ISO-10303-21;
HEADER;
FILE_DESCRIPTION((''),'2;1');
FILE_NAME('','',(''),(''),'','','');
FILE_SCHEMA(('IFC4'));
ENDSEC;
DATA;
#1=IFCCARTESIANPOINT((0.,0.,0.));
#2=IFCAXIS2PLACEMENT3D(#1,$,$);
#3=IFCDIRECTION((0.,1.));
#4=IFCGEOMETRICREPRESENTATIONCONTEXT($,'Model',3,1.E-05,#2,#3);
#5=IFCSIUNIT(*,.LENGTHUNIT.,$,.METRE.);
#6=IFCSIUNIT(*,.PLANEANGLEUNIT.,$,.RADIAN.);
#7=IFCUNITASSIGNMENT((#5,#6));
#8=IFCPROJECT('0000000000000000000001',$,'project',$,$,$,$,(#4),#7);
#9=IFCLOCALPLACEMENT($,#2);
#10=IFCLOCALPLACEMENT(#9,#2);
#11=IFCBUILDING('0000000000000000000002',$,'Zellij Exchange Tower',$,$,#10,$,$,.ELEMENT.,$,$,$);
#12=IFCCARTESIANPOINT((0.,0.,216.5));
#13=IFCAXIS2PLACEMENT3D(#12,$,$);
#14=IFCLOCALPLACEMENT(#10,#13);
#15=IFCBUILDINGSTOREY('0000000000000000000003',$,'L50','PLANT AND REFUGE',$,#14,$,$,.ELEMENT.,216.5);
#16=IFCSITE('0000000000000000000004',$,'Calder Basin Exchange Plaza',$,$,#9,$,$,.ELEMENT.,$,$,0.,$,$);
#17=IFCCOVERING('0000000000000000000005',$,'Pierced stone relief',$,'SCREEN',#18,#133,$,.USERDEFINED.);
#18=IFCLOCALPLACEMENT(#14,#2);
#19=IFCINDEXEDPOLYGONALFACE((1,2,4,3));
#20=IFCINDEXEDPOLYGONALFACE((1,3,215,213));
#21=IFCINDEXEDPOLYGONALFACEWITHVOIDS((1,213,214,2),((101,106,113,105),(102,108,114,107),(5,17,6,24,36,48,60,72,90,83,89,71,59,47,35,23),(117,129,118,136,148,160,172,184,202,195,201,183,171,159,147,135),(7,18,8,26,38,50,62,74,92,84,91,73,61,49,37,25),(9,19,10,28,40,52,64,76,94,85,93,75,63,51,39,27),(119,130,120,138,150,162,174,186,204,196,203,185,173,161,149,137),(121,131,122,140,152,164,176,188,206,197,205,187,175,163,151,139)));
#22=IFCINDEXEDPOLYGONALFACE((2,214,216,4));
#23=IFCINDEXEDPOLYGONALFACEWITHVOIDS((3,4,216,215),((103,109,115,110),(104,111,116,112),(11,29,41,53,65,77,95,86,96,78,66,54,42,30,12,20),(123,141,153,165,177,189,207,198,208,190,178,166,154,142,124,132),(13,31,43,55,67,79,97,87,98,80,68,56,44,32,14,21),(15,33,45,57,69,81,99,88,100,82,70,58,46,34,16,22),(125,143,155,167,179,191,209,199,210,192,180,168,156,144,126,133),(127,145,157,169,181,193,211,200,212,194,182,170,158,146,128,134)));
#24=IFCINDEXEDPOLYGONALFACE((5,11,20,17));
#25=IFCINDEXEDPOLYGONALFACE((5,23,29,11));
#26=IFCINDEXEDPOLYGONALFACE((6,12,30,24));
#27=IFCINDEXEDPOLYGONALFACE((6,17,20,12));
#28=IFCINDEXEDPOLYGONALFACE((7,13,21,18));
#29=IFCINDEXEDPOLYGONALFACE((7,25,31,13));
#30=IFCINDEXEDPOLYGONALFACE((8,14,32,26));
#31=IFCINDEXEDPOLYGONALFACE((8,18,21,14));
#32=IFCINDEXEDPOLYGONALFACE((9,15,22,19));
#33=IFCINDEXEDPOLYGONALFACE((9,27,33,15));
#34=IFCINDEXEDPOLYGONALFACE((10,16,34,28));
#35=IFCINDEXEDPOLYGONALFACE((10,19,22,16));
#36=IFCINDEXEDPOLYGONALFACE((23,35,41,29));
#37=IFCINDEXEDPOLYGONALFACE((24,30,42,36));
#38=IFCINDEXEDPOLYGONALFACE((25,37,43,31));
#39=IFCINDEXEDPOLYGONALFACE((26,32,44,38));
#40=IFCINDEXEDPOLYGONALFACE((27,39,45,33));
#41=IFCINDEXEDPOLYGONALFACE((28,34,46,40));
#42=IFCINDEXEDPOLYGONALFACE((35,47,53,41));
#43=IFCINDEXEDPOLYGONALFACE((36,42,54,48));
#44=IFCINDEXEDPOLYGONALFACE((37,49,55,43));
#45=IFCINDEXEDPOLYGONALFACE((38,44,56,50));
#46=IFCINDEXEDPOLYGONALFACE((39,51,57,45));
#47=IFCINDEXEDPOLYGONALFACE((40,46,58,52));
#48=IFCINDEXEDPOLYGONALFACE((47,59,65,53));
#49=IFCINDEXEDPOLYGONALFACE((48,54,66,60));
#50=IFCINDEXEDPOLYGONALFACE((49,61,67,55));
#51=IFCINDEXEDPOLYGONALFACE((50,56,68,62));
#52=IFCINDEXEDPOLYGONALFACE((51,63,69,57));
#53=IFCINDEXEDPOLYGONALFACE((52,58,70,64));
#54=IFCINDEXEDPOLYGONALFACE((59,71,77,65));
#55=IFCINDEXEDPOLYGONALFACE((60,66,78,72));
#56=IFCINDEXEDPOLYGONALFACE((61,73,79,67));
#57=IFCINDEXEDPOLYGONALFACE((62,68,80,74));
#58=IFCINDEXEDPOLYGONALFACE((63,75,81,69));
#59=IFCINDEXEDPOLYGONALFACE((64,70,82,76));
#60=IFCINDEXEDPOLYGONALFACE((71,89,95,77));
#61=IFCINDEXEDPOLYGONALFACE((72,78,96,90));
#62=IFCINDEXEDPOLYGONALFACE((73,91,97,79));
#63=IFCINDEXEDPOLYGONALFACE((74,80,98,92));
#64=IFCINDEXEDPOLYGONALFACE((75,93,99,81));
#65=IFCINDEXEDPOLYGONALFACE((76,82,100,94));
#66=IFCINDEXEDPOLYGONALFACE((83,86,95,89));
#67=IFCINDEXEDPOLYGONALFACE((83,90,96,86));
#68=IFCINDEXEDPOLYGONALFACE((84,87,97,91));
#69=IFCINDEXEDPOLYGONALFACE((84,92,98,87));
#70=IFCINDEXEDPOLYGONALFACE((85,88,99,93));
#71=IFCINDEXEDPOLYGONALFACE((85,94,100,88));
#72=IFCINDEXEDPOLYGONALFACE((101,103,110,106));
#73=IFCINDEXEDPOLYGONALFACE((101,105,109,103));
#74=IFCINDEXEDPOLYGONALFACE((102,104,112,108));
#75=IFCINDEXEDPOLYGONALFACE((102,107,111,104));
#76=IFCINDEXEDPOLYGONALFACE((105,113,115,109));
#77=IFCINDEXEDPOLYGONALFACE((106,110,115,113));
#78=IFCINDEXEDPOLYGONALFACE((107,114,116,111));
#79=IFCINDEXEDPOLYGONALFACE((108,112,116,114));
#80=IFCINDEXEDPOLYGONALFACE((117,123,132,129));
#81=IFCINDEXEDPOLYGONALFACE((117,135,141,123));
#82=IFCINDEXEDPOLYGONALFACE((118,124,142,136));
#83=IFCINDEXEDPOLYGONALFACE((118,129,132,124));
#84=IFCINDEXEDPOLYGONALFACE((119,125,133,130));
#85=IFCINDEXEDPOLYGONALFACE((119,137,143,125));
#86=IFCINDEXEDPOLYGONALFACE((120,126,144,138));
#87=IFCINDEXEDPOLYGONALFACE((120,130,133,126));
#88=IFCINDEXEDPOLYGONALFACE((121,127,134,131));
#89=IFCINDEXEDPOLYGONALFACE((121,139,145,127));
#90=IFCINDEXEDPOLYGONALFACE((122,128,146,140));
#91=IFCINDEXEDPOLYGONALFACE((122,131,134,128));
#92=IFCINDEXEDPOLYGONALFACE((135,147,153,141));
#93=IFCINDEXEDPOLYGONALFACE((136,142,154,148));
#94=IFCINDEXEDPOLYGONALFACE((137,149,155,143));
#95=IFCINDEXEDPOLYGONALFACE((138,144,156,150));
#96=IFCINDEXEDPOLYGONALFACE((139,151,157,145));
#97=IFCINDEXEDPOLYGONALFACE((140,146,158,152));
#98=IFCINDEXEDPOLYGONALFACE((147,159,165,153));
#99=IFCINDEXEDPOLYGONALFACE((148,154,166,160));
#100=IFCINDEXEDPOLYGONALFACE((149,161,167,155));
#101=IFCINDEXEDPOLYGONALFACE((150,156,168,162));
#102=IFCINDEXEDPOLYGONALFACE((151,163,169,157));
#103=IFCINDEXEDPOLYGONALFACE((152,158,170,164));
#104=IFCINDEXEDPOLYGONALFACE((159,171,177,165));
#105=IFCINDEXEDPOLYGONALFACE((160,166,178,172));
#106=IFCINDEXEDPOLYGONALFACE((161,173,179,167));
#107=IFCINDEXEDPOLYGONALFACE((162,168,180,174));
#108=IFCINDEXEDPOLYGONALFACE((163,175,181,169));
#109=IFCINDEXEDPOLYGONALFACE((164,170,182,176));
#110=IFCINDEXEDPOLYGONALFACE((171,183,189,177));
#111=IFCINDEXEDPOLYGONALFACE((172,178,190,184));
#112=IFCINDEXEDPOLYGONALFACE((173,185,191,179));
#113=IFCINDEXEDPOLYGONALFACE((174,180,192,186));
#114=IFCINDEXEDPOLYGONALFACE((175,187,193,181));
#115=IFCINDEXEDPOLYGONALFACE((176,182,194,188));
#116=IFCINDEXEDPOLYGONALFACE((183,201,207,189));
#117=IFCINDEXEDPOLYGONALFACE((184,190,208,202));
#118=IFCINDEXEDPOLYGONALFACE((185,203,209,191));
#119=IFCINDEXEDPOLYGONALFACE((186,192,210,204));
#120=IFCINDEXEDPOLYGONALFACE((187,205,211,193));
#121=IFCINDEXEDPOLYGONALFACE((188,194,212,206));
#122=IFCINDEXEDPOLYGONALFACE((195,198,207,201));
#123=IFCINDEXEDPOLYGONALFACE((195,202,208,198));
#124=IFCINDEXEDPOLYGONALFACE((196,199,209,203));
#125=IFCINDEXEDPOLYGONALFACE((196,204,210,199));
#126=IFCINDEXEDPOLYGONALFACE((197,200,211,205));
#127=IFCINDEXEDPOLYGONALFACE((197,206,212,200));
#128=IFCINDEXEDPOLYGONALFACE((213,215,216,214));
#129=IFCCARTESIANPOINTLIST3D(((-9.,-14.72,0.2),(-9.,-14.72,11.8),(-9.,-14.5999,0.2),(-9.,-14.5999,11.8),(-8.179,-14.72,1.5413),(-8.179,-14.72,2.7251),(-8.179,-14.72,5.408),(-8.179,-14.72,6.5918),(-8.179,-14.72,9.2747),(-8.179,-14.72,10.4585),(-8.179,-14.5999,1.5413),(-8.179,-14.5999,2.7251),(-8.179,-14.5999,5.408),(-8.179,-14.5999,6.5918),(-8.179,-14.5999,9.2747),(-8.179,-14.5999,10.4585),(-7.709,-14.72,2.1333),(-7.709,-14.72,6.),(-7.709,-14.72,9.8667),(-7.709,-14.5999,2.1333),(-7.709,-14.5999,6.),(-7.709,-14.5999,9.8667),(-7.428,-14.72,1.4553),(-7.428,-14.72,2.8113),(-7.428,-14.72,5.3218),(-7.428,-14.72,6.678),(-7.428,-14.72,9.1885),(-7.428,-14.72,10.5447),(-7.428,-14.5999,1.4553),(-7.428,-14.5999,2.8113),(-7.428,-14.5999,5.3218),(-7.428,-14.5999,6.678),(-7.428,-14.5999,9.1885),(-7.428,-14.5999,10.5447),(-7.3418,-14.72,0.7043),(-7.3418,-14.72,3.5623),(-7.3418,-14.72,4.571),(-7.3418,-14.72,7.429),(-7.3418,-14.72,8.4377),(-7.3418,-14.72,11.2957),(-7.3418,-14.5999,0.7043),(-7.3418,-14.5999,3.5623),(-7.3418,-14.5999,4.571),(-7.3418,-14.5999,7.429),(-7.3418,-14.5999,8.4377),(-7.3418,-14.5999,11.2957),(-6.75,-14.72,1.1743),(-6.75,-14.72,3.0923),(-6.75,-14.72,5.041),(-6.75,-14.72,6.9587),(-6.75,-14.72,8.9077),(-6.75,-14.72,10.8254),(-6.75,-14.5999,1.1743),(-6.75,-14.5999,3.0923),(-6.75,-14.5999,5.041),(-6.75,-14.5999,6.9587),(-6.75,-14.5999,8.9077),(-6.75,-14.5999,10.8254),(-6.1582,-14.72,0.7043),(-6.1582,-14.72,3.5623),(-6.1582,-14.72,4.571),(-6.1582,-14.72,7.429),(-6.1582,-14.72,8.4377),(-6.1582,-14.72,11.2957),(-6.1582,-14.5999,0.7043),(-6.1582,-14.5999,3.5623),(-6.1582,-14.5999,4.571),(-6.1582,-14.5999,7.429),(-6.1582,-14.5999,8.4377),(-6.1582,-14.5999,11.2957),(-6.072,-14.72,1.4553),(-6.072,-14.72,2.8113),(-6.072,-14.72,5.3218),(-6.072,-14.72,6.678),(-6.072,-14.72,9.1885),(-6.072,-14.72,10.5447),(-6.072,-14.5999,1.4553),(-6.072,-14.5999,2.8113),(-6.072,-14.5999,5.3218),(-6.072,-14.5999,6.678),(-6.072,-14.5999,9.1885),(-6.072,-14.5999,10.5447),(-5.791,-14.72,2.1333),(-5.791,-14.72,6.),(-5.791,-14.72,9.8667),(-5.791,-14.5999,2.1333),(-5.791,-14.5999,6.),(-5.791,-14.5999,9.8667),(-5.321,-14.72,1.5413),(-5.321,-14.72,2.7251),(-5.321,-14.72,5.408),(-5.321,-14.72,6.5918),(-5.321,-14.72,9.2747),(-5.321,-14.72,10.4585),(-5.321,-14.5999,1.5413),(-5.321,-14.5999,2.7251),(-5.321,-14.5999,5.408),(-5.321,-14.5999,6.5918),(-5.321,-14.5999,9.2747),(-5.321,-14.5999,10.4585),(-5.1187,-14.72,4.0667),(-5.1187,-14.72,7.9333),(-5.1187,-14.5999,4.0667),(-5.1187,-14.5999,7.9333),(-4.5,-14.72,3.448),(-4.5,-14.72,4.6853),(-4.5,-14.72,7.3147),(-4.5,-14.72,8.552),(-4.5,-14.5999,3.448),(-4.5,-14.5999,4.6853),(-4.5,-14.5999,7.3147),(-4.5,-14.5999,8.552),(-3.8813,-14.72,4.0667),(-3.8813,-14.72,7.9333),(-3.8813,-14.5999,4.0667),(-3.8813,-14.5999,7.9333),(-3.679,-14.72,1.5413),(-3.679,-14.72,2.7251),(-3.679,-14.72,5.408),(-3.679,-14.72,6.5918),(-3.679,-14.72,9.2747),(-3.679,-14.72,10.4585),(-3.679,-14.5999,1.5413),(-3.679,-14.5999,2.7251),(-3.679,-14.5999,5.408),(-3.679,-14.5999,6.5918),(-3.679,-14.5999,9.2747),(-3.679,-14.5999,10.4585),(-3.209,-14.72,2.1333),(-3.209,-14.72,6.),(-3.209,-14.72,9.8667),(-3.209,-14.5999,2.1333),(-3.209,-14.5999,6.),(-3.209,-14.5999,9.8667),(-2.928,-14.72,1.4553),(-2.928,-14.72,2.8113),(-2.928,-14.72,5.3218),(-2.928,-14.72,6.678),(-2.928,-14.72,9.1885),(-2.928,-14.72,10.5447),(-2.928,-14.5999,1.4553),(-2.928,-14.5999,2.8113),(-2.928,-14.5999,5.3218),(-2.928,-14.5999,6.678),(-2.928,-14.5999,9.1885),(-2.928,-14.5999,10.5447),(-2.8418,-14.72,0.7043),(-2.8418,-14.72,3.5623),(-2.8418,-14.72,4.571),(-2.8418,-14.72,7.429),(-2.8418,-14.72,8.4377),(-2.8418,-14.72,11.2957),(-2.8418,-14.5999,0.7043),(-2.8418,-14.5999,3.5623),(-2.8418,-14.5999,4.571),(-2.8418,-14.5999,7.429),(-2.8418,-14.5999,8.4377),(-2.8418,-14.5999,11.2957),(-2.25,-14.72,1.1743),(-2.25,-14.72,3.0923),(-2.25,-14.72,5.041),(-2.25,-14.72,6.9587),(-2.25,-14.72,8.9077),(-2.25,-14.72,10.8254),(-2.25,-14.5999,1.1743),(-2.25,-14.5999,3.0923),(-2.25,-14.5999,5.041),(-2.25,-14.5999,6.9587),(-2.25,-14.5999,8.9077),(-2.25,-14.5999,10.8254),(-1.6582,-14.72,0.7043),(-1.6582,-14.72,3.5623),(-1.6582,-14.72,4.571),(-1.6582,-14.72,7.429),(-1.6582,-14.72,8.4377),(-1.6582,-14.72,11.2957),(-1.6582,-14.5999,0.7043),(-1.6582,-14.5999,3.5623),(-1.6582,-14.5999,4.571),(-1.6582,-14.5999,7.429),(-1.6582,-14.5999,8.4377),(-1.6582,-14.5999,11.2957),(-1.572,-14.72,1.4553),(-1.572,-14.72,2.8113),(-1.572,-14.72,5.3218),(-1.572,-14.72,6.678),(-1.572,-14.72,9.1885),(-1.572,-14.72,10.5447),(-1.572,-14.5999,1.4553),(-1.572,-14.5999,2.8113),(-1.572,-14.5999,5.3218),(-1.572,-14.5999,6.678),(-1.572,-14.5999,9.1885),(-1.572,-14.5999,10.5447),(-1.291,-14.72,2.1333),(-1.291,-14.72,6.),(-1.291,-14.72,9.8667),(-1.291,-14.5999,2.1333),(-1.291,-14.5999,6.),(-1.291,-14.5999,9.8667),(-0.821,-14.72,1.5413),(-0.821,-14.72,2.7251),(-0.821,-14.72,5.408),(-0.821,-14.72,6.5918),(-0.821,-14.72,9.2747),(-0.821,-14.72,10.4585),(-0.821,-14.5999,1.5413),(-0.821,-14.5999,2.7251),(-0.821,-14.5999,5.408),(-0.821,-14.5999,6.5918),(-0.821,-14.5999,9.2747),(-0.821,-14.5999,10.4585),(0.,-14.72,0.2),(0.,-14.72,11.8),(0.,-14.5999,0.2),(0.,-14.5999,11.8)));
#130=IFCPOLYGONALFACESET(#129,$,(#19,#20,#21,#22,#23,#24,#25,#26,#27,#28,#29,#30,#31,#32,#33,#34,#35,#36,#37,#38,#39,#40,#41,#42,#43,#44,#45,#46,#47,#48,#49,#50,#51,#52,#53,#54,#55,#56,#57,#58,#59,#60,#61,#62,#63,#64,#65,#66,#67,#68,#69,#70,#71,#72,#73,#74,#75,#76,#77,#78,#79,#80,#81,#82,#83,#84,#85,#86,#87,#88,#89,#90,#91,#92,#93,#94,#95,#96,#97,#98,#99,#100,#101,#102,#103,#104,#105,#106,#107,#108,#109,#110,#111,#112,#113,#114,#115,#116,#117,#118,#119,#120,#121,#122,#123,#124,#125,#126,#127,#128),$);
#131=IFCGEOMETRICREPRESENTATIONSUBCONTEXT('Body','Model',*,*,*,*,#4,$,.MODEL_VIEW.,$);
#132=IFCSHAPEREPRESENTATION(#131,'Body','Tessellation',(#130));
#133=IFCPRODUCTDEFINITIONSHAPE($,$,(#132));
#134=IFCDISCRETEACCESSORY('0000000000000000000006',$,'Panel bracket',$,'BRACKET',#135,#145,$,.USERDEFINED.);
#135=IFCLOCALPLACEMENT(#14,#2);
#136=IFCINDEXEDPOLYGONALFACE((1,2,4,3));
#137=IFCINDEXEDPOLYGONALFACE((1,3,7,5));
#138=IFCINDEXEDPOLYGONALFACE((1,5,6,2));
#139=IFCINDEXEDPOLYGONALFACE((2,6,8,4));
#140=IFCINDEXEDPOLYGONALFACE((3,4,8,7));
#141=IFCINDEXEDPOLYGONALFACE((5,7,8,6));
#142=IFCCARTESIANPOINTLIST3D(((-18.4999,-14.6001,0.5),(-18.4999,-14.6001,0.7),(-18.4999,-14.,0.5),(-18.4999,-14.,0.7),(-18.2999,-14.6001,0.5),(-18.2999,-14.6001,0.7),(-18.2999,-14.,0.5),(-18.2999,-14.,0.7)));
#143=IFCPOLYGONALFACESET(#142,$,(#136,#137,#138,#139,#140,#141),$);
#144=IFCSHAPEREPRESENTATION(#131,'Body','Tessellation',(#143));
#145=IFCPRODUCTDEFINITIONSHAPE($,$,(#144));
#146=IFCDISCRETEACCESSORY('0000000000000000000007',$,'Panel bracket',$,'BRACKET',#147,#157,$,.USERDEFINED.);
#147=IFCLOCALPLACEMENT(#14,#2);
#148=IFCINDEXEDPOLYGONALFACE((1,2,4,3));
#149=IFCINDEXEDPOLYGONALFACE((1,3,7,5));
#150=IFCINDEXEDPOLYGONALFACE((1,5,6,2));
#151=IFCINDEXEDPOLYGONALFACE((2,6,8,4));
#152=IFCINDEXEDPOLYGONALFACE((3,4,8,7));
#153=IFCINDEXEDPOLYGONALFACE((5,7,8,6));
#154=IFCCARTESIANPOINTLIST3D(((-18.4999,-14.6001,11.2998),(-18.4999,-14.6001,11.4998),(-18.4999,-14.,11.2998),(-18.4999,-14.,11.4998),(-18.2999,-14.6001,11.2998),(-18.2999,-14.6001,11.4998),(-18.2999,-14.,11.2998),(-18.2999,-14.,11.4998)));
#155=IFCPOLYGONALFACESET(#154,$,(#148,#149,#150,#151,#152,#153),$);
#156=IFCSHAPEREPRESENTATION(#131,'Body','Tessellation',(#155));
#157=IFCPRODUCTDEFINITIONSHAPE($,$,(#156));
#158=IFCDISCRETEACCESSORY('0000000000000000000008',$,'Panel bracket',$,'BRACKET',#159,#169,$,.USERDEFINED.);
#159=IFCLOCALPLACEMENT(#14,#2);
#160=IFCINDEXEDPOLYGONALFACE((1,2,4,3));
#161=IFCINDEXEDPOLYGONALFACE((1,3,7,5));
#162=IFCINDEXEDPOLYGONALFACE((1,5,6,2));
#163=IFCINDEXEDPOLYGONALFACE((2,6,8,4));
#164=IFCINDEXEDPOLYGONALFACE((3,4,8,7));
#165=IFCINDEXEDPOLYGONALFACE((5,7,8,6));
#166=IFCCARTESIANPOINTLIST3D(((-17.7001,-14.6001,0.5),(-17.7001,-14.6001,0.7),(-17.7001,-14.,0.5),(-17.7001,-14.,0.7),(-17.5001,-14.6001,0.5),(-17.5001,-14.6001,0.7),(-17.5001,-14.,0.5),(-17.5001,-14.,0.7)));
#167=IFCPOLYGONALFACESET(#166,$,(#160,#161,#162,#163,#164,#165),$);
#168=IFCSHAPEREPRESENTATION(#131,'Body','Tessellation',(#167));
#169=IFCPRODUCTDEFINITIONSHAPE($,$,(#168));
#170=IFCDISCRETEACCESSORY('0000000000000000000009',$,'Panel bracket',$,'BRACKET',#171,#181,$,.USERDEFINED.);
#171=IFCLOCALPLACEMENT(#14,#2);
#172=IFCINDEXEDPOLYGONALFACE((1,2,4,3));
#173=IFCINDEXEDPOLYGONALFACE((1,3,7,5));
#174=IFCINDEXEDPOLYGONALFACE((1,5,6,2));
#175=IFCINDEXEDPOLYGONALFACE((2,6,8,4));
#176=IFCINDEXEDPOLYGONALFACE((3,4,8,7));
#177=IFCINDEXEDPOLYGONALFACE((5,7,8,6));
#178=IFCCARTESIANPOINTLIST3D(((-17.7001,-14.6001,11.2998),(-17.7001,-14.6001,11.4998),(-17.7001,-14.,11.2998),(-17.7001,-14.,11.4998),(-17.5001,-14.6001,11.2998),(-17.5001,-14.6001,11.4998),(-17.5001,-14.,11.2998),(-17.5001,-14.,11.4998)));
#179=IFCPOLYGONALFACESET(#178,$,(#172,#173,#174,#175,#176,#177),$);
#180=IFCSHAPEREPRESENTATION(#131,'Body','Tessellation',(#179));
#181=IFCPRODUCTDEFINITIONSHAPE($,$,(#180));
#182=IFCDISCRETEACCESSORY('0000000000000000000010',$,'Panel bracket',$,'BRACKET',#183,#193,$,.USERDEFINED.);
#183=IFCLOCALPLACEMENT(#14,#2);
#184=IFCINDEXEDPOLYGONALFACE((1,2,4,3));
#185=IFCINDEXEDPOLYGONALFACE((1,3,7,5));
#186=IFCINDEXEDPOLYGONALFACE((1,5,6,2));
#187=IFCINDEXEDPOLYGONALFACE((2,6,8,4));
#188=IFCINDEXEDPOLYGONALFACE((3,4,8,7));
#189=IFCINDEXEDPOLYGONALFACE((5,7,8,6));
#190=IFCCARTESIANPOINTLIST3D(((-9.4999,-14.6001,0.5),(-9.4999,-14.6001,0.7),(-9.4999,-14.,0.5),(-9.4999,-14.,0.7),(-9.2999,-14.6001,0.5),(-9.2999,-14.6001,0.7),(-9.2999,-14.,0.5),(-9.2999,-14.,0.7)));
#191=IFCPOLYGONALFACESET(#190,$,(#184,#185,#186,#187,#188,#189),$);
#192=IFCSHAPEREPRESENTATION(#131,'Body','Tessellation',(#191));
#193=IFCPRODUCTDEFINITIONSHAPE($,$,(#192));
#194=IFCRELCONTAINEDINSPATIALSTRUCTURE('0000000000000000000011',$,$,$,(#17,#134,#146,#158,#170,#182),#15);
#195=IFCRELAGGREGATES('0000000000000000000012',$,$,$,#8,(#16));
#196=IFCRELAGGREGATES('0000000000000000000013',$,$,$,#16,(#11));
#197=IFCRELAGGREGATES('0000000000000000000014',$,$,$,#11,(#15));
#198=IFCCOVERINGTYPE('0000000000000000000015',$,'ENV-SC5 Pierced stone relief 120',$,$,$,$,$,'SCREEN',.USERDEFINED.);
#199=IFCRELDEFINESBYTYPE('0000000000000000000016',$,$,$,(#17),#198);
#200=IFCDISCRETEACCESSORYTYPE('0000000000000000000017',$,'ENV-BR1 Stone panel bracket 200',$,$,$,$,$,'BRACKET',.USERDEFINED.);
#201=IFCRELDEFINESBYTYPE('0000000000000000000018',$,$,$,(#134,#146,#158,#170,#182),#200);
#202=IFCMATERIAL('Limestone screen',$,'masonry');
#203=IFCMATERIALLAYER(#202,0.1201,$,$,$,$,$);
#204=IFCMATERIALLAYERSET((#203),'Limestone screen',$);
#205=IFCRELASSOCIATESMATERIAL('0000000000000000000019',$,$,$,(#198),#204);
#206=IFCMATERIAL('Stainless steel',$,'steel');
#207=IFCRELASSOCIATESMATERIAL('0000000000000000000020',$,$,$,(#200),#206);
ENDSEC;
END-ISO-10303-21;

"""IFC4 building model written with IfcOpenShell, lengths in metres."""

from ifc_helpers import new_model, si_unit, direction, frame, origin, origin_2d, place, context, subcontext, project, spatial, polyline, rectangle, outline, extrude, material, layer, layer_set, type_object, element, save


model = new_model("IFC4")

# Units and contexts
model_context = context("Model", 3, precision=1e-05, world=origin(), true_north=direction((0.0, 1.0)))
body_context = subcontext(model_context, "Body", "Model", "MODEL_VIEW")
ifc_project = project(units=[si_unit("LENGTHUNIT", "METRE"), si_unit("PLANEANGLEUNIT", "RADIAN")], contexts=[model_context])

# Site, building, storey
site_placement = place(None, origin())
site = spatial("IfcSite", under=ifc_project, at=site_placement, Name="Calder Basin Exchange Plaza", CompositionType="ELEMENT", RefElevation=0.0)
building_placement = place(site_placement, origin())
building = spatial("IfcBuilding", under=site, at=building_placement, Name="Zellij Exchange Tower", CompositionType="ELEMENT")
storey_placement = place(building_placement, frame((0.0, 0.0, 216.5)))
storey = spatial("IfcBuildingStorey", under=building, at=storey_placement, Name="L50", Description="PLANT AND REFUGE", CompositionType="ELEMENT", Elevation=216.5)

# Shared definitions
ifc_material_1 = material(Name="Stainless steel", Category="steel")

# Covering
ifc_material_2 = material(Name="Limestone screen", Category="masonry")
ifc_layer_1 = layer(ifc_material_2, 0.1201)
ifc_layer_set_1 = layer_set([ifc_layer_1], Name="Limestone screen")
covering_type = type_object("IfcCoveringType", Name="ENV-SC5 Pierced stone relief 120", ElementType="SCREEN", PredefinedType="USERDEFINED", material=ifc_layer_set_1)
covering_1_placement = place(storey_placement, frame((-9.0, -14.6599, 0.2), z_axis=(0.0, 0.0, 1.0), x_axis=(1.0, 0.0, 0.0)))
element("IfcCovering", 1, at=covering_1_placement, inside=storey, type_object=covering_type, Name="Pierced stone relief", ObjectType="SCREEN", PredefinedType="USERDEFINED", context=body_context, shape_type="SweptSolid", body=[
    extrude(outline(polyline([(0.0, 0.0), (9.0, 0.0), (9.0, 11.6001), (0.0, 11.6001), (0.0, 0.0)]), holes=[polyline([(3.679, 2.5251), (2.928, 2.6113), (2.8418, 3.3623), (2.25, 2.8923), (1.6582, 3.3623), (1.572, 2.6113), (0.821, 2.5251), (1.291, 1.9333), (0.821, 1.3413), (1.572, 1.2554), (1.6582, 0.5044), (2.25, 0.9744), (2.8418, 0.5044), (2.928, 1.2554), (3.679, 1.3413), (3.209, 1.9333), (3.679, 2.5251)]), polyline([(3.679, 6.3918), (2.928, 6.478), (2.8418, 7.229), (2.25, 6.7588), (1.6582, 7.229), (1.572, 6.478), (0.821, 6.3918), (1.291, 5.8), (0.821, 5.208), (1.572, 5.1218), (1.6582, 4.3711), (2.25, 4.8411), (2.8418, 4.3711), (2.928, 5.1218), (3.679, 5.208), (3.209, 5.8), (3.679, 6.3918)]), polyline([(3.679, 10.2585), (2.928, 10.3447), (2.8418, 11.0957), (2.25, 10.6255), (1.6582, 11.0957), (1.572, 10.3447), (0.821, 10.2585), (1.291, 9.6667), (0.821, 9.0747), (1.572, 8.9885), (1.6582, 8.2378), (2.25, 8.7078), (2.8418, 8.2378), (2.928, 8.9885), (3.679, 9.0747), (3.209, 9.6667), (3.679, 10.2585)]), polyline([(8.179, 2.5251), (7.428, 2.6113), (7.3418, 3.3623), (6.75, 2.8923), (6.1582, 3.3623), (6.072, 2.6113), (5.321, 2.5251), (5.791, 1.9333), (5.321, 1.3413), (6.072, 1.2554), (6.1582, 0.5044), (6.75, 0.9744), (7.3418, 0.5044), (7.428, 1.2554), (8.179, 1.3413), (7.709, 1.9333), (8.179, 2.5251)]), polyline([(8.179, 6.3918), (7.428, 6.478), (7.3418, 7.229), (6.75, 6.7588), (6.1582, 7.229), (6.072, 6.478), (5.321, 6.3918), (5.791, 5.8), (5.321, 5.208), (6.072, 5.1218), (6.1582, 4.3711), (6.75, 4.8411), (7.3418, 4.3711), (7.428, 5.1218), (8.179, 5.208), (7.709, 5.8), (8.179, 6.3918)]), polyline([(8.179, 10.2585), (7.428, 10.3447), (7.3418, 11.0957), (6.75, 10.6255), (6.1582, 11.0957), (6.072, 10.3447), (5.321, 10.2585), (5.791, 9.6667), (5.321, 9.0747), (6.072, 8.9885), (6.1582, 8.2378), (6.75, 8.7078), (7.3418, 8.2378), (7.428, 8.9885), (8.179, 9.0747), (7.709, 9.6667), (8.179, 10.2585)]), polyline([(5.1187, 3.8667), (4.5, 4.4854), (3.8813, 3.8667), (4.5, 3.248), (5.1187, 3.8667)]), polyline([(5.1187, 7.7334), (4.5, 8.3521), (3.8813, 7.7334), (4.5, 7.1147), (5.1187, 7.7334)])]), frame((0.0, 0.0601, 0.0), z_axis=(0.0, -1.0, 0.0), x_axis=(1.0, 0.0, 0.0)), (0.0, 0.0, 1.0), 0.1201),
])

# Discrete accessories
discrete_accessory_type = type_object("IfcDiscreteAccessoryType", Name="ENV-BR1 Stone panel bracket 200", ElementType="BRACKET", PredefinedType="USERDEFINED", material=ifc_material_1)
for number, where, z_axis, x_axis, name in (
    (2, (-18.3999, -14.3, 0.5), (0.0, 0.0, 1.0), (1.0, 0.0, 0.0), "Panel bracket"),
    (3, (-18.3999, -14.3, 11.2998), (0.0, 0.0, 1.0), (1.0, 0.0, 0.0), "Panel bracket"),
    (4, (-17.6001, -14.3, 0.5), (0.0, 0.0, 1.0), (1.0, 0.0, 0.0), "Panel bracket"),
    (5, (-17.6001, -14.3, 11.2998), (0.0, 0.0, 1.0), (1.0, 0.0, 0.0), "Panel bracket"),
    (6, (-9.3999, -14.3, 0.5), (0.0, 0.0, 1.0), (1.0, 0.0, 0.0), "Panel bracket"),
):
    element("IfcDiscreteAccessory", number, at=place(storey_placement, frame(where, z_axis=z_axis, x_axis=x_axis)), inside=storey, type_object=discrete_accessory_type, Name=name, ObjectType="BRACKET", PredefinedType="USERDEFINED", context=body_context, shape_type="SweptSolid", body=[
        extrude(rectangle(XDim=0.2, YDim=0.6001, at=origin_2d()), origin(), (0.0, 0.0, 1.0), 0.2),
    ])

save(model, "model.ifc")
